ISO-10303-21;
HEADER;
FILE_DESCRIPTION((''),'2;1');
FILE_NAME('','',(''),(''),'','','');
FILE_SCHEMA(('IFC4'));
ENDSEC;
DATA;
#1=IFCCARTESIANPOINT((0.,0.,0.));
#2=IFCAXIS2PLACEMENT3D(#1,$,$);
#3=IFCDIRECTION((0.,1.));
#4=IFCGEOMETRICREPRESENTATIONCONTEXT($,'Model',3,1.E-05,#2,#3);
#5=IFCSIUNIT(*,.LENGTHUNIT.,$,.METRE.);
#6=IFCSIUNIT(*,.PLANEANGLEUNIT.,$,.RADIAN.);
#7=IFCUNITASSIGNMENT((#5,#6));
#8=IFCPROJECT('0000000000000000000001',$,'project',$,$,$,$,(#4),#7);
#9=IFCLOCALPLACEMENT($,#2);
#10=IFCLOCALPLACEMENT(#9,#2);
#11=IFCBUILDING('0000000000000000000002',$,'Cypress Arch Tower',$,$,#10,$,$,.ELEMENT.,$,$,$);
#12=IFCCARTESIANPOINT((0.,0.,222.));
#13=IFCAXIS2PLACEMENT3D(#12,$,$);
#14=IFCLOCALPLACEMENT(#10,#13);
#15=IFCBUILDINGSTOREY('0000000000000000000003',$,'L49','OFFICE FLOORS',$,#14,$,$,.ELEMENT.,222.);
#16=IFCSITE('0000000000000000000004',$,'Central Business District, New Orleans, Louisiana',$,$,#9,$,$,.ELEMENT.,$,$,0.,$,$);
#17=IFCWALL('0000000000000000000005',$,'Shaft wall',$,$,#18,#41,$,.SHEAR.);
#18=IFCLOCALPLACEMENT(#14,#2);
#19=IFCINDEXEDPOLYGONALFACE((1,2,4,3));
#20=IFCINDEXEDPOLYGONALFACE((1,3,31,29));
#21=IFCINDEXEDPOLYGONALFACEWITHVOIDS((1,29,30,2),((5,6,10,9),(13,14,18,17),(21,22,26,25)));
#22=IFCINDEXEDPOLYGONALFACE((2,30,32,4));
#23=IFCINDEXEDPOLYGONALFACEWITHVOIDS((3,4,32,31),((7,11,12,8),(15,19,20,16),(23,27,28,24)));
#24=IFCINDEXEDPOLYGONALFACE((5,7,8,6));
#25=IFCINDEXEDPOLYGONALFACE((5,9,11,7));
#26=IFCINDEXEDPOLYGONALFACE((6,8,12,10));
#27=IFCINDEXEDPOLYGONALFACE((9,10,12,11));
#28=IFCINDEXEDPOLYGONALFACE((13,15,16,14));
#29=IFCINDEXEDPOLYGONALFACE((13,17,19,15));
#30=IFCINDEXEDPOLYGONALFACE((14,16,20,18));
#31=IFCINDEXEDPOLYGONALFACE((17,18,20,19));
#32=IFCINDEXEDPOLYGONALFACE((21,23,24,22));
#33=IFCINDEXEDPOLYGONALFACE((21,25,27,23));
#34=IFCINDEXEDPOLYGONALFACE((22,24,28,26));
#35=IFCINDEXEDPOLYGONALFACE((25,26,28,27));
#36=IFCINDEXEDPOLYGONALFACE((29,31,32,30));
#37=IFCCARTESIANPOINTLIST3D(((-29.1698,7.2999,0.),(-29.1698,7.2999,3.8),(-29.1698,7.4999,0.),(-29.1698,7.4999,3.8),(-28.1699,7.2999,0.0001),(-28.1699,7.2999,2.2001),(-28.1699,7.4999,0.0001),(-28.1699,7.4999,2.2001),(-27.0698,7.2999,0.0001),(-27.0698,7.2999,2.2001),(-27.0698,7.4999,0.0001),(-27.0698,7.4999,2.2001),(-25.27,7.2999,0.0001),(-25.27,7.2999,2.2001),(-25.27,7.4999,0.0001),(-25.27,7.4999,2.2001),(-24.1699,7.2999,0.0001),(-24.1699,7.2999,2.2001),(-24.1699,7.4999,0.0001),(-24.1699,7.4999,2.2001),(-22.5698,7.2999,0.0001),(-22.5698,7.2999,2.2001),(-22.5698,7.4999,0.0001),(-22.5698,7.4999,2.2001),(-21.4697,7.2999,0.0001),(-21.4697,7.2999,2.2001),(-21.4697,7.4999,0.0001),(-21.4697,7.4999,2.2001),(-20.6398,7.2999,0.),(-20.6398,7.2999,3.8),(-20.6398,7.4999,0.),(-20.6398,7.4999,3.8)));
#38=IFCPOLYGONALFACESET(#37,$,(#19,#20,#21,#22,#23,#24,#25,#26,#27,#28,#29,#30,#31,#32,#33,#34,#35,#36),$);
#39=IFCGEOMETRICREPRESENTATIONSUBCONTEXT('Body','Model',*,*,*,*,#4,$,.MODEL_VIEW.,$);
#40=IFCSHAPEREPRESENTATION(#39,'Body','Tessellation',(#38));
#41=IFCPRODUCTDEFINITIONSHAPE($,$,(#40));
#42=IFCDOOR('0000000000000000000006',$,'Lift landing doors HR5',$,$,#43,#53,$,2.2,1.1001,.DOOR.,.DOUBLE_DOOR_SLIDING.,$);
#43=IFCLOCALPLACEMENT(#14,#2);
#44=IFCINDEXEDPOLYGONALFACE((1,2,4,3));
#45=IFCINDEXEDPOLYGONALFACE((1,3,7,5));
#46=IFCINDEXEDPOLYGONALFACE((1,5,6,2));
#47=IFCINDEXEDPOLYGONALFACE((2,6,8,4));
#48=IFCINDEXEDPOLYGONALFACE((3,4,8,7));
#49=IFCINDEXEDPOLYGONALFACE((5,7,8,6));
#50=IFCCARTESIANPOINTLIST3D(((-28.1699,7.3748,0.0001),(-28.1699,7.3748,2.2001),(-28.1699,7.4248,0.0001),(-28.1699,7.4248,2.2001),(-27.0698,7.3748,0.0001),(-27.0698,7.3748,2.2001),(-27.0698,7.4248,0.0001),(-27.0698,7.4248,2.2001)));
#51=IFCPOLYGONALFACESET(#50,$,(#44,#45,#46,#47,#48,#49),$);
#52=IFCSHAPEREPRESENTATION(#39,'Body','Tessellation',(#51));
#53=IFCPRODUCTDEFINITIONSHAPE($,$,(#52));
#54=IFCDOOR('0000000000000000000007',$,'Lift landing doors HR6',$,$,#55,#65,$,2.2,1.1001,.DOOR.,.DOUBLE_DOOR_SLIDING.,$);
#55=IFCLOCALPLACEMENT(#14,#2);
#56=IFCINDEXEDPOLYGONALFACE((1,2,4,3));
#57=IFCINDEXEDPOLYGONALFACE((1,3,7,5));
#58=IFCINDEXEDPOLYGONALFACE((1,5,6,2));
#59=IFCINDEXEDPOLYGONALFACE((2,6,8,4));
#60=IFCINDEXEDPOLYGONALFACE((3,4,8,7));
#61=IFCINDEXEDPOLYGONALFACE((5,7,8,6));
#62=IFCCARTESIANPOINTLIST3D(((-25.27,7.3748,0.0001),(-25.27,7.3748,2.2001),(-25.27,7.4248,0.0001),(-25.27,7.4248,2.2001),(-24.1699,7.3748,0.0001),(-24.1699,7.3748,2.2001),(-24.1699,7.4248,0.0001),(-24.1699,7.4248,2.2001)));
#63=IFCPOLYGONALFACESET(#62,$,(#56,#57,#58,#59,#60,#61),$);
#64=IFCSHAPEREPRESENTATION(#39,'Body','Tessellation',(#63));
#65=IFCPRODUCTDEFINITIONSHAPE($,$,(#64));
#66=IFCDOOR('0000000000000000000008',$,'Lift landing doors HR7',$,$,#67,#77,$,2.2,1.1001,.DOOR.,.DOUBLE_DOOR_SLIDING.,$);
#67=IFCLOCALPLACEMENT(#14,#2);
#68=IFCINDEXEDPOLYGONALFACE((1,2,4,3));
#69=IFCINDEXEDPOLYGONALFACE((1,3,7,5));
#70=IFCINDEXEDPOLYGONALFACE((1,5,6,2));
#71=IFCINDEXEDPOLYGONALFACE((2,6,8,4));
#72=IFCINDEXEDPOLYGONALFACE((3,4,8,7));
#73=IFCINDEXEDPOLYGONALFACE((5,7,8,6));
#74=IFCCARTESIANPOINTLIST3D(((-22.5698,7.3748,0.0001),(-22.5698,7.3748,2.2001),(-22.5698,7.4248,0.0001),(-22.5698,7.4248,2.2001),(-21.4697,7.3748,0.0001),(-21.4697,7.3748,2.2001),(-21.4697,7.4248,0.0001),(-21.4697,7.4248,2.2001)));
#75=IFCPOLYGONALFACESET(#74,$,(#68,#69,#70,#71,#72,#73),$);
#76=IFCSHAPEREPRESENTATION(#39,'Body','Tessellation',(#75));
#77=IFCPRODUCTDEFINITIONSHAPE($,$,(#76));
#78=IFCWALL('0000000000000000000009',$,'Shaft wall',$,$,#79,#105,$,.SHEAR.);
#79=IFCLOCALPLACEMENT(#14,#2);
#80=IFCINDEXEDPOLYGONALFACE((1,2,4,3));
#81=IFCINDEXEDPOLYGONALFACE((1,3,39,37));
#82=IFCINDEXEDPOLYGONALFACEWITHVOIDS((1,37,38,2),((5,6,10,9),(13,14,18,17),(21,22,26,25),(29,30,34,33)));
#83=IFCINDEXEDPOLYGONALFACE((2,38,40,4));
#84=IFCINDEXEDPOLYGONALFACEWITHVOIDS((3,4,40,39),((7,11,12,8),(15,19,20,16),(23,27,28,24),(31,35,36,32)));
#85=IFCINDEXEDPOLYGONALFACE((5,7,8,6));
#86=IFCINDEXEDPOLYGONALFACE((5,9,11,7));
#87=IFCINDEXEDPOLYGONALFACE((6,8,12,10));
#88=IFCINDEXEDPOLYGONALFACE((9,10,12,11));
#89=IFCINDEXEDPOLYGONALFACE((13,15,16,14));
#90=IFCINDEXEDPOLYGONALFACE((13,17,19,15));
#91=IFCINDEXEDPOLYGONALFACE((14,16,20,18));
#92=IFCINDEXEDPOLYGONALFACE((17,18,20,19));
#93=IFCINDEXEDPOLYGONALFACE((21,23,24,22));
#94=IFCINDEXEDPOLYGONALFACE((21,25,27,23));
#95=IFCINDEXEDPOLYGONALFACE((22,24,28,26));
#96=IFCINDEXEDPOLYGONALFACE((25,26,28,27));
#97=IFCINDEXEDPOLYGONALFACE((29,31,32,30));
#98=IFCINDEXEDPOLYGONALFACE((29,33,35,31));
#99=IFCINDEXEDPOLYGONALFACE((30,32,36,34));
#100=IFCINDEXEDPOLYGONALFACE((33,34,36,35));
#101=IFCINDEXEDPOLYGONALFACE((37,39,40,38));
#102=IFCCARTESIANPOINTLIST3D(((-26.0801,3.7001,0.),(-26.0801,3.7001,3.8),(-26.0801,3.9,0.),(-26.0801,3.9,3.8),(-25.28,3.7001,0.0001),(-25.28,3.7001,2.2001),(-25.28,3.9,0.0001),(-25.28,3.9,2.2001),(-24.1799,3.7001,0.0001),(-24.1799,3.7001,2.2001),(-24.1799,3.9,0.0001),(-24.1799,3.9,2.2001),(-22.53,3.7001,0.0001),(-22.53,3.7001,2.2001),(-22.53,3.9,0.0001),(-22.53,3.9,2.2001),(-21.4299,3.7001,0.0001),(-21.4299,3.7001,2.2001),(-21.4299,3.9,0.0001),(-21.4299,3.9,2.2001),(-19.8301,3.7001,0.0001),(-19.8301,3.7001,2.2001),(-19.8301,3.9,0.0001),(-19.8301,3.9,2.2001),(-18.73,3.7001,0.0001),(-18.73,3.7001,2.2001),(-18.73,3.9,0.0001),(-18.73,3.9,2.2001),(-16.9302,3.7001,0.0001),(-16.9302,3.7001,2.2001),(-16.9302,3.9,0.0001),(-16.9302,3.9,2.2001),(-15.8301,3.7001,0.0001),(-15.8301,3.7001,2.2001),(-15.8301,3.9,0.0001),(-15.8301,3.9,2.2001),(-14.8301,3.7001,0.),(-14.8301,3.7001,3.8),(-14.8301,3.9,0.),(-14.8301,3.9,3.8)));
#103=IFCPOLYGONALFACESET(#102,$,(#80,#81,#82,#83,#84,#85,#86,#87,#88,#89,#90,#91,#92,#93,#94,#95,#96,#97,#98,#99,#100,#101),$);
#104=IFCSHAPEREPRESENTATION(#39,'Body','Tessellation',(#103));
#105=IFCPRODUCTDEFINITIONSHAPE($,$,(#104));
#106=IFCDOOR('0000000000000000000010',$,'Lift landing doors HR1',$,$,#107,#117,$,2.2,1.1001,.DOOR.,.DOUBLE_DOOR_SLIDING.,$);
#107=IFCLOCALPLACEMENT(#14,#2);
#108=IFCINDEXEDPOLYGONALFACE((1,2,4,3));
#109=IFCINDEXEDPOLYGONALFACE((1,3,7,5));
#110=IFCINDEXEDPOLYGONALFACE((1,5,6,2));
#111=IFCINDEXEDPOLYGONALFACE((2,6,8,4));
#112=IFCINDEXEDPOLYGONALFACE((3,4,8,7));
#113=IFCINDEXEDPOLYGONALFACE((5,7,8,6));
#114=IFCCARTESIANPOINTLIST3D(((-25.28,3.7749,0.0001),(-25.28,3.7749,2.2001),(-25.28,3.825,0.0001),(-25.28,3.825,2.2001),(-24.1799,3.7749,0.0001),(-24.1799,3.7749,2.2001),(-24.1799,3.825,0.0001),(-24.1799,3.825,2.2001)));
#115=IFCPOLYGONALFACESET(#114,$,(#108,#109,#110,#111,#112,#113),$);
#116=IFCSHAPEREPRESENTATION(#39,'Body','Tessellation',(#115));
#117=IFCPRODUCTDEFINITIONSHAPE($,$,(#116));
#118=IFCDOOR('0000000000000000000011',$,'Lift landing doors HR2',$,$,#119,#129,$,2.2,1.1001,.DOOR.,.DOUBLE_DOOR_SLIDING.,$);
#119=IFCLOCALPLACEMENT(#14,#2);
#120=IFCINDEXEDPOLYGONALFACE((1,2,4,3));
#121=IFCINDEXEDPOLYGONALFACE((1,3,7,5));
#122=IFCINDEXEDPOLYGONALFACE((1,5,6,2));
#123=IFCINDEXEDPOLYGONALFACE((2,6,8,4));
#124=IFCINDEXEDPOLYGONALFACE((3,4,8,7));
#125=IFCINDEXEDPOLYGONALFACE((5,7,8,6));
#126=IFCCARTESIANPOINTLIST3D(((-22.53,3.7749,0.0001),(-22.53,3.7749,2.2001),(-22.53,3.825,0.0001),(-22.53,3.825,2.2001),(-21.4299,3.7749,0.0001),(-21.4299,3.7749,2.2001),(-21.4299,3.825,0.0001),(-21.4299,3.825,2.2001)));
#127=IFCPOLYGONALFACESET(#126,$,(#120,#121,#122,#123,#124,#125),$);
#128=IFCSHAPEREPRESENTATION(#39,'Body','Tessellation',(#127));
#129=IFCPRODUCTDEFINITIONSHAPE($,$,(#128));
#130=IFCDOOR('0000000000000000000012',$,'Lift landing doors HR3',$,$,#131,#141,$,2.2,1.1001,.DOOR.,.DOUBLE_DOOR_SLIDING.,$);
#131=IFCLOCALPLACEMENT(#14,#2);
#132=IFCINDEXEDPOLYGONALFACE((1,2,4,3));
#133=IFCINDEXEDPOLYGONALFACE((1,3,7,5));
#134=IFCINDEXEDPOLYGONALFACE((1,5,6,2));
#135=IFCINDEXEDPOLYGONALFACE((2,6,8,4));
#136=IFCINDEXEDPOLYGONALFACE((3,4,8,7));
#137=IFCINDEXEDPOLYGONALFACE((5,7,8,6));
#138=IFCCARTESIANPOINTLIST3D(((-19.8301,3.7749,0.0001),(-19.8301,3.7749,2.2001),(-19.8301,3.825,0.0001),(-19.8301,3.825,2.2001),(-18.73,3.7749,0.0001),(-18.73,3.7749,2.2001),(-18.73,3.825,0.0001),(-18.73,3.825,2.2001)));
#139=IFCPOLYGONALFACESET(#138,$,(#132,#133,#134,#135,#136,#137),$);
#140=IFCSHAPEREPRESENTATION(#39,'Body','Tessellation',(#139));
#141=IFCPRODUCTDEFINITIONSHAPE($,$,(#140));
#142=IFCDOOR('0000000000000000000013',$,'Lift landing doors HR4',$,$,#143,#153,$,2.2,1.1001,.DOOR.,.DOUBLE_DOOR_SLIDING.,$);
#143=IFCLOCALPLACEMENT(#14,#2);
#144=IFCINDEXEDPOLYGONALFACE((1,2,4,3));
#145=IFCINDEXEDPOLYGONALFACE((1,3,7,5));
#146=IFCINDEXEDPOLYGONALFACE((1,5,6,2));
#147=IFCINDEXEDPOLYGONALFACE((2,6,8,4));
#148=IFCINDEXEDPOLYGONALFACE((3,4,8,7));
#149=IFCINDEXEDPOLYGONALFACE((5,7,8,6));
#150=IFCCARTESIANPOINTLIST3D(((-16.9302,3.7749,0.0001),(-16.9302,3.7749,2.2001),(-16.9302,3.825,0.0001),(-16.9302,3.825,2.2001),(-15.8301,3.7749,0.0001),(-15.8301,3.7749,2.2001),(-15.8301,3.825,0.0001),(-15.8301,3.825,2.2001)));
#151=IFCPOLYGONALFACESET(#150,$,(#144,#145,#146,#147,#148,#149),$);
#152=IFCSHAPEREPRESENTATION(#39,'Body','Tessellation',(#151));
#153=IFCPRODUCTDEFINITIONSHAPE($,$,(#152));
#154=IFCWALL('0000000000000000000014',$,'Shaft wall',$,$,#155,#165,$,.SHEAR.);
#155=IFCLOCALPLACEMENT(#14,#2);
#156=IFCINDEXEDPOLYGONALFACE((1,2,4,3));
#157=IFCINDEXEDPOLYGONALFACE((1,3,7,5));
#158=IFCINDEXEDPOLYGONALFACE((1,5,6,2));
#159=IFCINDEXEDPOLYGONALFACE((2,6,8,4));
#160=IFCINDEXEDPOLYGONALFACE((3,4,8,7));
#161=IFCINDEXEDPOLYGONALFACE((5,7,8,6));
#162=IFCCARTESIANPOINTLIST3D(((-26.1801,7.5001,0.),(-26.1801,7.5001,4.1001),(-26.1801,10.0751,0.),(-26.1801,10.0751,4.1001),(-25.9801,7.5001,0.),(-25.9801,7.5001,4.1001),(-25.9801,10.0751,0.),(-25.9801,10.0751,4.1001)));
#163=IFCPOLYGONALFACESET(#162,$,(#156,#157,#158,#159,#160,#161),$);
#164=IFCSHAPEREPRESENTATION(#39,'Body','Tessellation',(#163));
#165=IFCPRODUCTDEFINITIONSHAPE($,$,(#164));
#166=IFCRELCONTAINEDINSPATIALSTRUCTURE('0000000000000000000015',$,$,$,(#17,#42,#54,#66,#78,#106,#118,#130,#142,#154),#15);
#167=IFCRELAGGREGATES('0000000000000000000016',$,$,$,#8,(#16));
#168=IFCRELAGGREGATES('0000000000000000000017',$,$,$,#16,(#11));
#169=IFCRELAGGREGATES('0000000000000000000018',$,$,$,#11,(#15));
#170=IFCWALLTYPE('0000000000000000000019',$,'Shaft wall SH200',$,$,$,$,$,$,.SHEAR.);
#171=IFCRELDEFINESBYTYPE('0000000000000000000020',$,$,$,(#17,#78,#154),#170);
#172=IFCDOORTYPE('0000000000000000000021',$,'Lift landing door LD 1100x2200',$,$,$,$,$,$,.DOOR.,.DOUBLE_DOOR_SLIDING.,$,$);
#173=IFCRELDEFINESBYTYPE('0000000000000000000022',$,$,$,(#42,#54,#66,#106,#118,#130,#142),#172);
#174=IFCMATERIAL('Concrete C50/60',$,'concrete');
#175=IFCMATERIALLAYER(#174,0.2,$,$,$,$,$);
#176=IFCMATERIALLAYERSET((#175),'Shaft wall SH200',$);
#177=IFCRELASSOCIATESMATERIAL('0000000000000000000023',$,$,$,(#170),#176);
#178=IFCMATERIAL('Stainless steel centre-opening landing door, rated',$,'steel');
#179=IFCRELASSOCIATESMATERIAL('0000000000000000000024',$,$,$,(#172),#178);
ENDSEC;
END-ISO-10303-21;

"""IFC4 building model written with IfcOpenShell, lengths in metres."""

from ifc_helpers import new_model, si_unit, direction, frame, frame_2d, origin, place, context, subcontext, project, spatial, rectangle, extrude, material, layer, layer_set, type_object, element, fill, save


model = new_model("IFC4")

# Units and contexts
model_context = context("Model", 3, precision=1e-05, world=origin(), true_north=direction((0.0, 1.0)))
body_context = subcontext(model_context, "Body", "Model", "MODEL_VIEW")
ifc_project = project(units=[si_unit("LENGTHUNIT", "METRE"), si_unit("PLANEANGLEUNIT", "RADIAN")], contexts=[model_context])

# Site, building, storey
site_placement = place(None, origin())
site = spatial("IfcSite", under=ifc_project, at=site_placement, Name="Central Business District, New Orleans, Louisiana", CompositionType="ELEMENT", RefElevation=0.0)
building_placement = place(site_placement, origin())
building = spatial("IfcBuilding", under=site, at=building_placement, Name="Cypress Arch Tower", CompositionType="ELEMENT")
storey_placement = place(building_placement, frame((0.0, 0.0, 222.0)))
storey = spatial("IfcBuildingStorey", under=building, at=storey_placement, Name="L49", Description="OFFICE FLOORS", CompositionType="ELEMENT", Elevation=222.0)

# Walls, openings, doors
ifc_material_1 = material(Name="Concrete C50/60", Category="concrete")
ifc_layer_1 = layer(ifc_material_1, 0.2)
ifc_layer_set_1 = layer_set([ifc_layer_1], Name="Shaft wall SH200")
wall_type_1 = type_object("IfcWallType", Name="Shaft wall SH200", PredefinedType="SHEAR", material=ifc_layer_set_1)
wall_1_placement = place(storey_placement, frame((-29.1699, 7.3999, 0.0), z_axis=(0.0, 0.0, 1.0), x_axis=(1.0, 0.0, 0.0)))
wall_1 = element("IfcWall", 1, at=wall_1_placement, inside=storey, type_object=wall_type_1, Name="Shaft wall", PredefinedType="SHEAR", context=body_context, shape_type="SweptSolid", body=[
    extrude(rectangle(XDim=8.53, YDim=0.2, at=frame_2d((4.2651, 0.0))), origin(), (0.0, 0.0, 1.0), 3.8),
])
opening_1_placement = place(wall_1_placement, frame((1.0, 0.0, 0.0)))
opening_1 = element("IfcOpeningElement", 2, at=opening_1_placement, cuts=wall_1, PredefinedType="OPENING", context=body_context, shape_type="SweptSolid", body=[
    extrude(rectangle(XDim=1.1001, YDim=2.2, at=frame_2d((0.55, 1.1001))), frame((0.0, 0.1099, 0.0), z_axis=(0.0, -1.0, 0.0), x_axis=(1.0, 0.0, 0.0)), (0.0, 0.0, 1.0), 0.22),
])
opening_2_placement = place(wall_1_placement, frame((3.8999, 0.0, 0.0)))
opening_2 = element("IfcOpeningElement", 3, at=opening_2_placement, cuts=wall_1, PredefinedType="OPENING", context=body_context, shape_type="SweptSolid", body=[
    extrude(rectangle(XDim=1.1001, YDim=2.2, at=frame_2d((0.55, 1.1001))), frame((0.0, 0.1099, 0.0), z_axis=(0.0, -1.0, 0.0), x_axis=(1.0, 0.0, 0.0)), (0.0, 0.0, 1.0), 0.22),
])
opening_3_placement = place(wall_1_placement, frame((6.6001, 0.0, 0.0)))
opening_3 = element("IfcOpeningElement", 4, at=opening_3_placement, cuts=wall_1, PredefinedType="OPENING", context=body_context, shape_type="SweptSolid", body=[
    extrude(rectangle(XDim=1.1001, YDim=2.2, at=frame_2d((0.55, 1.1001))), frame((0.0, 0.1099, 0.0), z_axis=(0.0, -1.0, 0.0), x_axis=(1.0, 0.0, 0.0)), (0.0, 0.0, 1.0), 0.22),
])
ifc_material_2 = material(Name="Stainless steel centre-opening landing door, rated", Category="steel")
door_type_1 = type_object("IfcDoorType", Name="Lift landing door LD 1100x2200", OperationType="DOUBLE_DOOR_SLIDING", PredefinedType="DOOR", material=ifc_material_2)
door_1_placement = place(opening_1_placement, origin())
door_1 = element("IfcDoor", 5, at=door_1_placement, inside=storey, type_object=door_type_1, Name="Lift landing doors HR5", OperationType="DOUBLE_DOOR_SLIDING", OverallHeight=2.2, OverallWidth=1.1001, PredefinedType="DOOR", context=body_context, shape_type="SweptSolid", body=[
    extrude(rectangle(XDim=1.1001, YDim=2.2, at=frame_2d((0.55, 1.1001))), frame((0.0, 0.0249, 0.0), z_axis=(0.0, -1.0, 0.0), x_axis=(1.0, 0.0, 0.0)), (0.0, 0.0, 1.0), 0.05),
])
fill(opening_1, door_1)
door_2_placement = place(opening_2_placement, origin())
door_2 = element("IfcDoor", 6, at=door_2_placement, inside=storey, type_object=door_type_1, Name="Lift landing doors HR6", OperationType="DOUBLE_DOOR_SLIDING", OverallHeight=2.2, OverallWidth=1.1001, PredefinedType="DOOR", context=body_context, shape_type="SweptSolid", body=[
    extrude(rectangle(XDim=1.1001, YDim=2.2, at=frame_2d((0.55, 1.1001))), frame((0.0, 0.0249, 0.0), z_axis=(0.0, -1.0, 0.0), x_axis=(1.0, 0.0, 0.0)), (0.0, 0.0, 1.0), 0.05),
])
fill(opening_2, door_2)
door_3_placement = place(opening_3_placement, origin())
door_3 = element("IfcDoor", 7, at=door_3_placement, inside=storey, type_object=door_type_1, Name="Lift landing doors HR7", OperationType="DOUBLE_DOOR_SLIDING", OverallHeight=2.2, OverallWidth=1.1001, PredefinedType="DOOR", context=body_context, shape_type="SweptSolid", body=[
    extrude(rectangle(XDim=1.1001, YDim=2.2, at=frame_2d((0.55, 1.1001))), frame((0.0, 0.0249, 0.0), z_axis=(0.0, -1.0, 0.0), x_axis=(1.0, 0.0, 0.0)), (0.0, 0.0, 1.0), 0.05),
])
fill(opening_3, door_3)
wall_2_placement = place(storey_placement, frame((-26.0801, 3.8, 0.0), z_axis=(0.0, 0.0, 1.0), x_axis=(1.0, 0.0, 0.0)))
wall_2 = element("IfcWall", 8, at=wall_2_placement, inside=storey, type_object=wall_type_1, Name="Shaft wall", PredefinedType="SHEAR", context=body_context, shape_type="SweptSolid", body=[
    extrude(rectangle(XDim=11.25, YDim=0.2, at=frame_2d((5.625, 0.0))), origin(), (0.0, 0.0, 1.0), 3.8),
])
opening_4_placement = place(wall_2_placement, frame((0.8, 0.0, 0.0)))
opening_4 = element("IfcOpeningElement", 9, at=opening_4_placement, cuts=wall_2, PredefinedType="OPENING", context=body_context, shape_type="SweptSolid", body=[
    extrude(rectangle(XDim=1.1001, YDim=2.2, at=frame_2d((0.55, 1.1001))), frame((0.0, 0.1099, 0.0), z_axis=(0.0, -1.0, 0.0), x_axis=(1.0, 0.0, 0.0)), (0.0, 0.0, 1.0), 0.22),
])
opening_5_placement = place(wall_2_placement, frame((3.55, 0.0, 0.0)))
opening_5 = element("IfcOpeningElement", 10, at=opening_5_placement, cuts=wall_2, PredefinedType="OPENING", context=body_context, shape_type="SweptSolid", body=[
    extrude(rectangle(XDim=1.1001, YDim=2.2, at=frame_2d((0.55, 1.1001))), frame((0.0, 0.1099, 0.0), z_axis=(0.0, -1.0, 0.0), x_axis=(1.0, 0.0, 0.0)), (0.0, 0.0, 1.0), 0.22),
])
opening_6_placement = place(wall_2_placement, frame((6.25, 0.0, 0.0)))
opening_6 = element("IfcOpeningElement", 11, at=opening_6_placement, cuts=wall_2, PredefinedType="OPENING", context=body_context, shape_type="SweptSolid", body=[
    extrude(rectangle(XDim=1.1001, YDim=2.2, at=frame_2d((0.55, 1.1001))), frame((0.0, 0.1099, 0.0), z_axis=(0.0, -1.0, 0.0), x_axis=(1.0, 0.0, 0.0)), (0.0, 0.0, 1.0), 0.22),
])
opening_7_placement = place(wall_2_placement, frame((9.1499, 0.0, 0.0)))
opening_7 = element("IfcOpeningElement", 12, at=opening_7_placement, cuts=wall_2, PredefinedType="OPENING", context=body_context, shape_type="SweptSolid", body=[
    extrude(rectangle(XDim=1.1001, YDim=2.2, at=frame_2d((0.55, 1.1001))), frame((0.0, 0.1099, 0.0), z_axis=(0.0, -1.0, 0.0), x_axis=(1.0, 0.0, 0.0)), (0.0, 0.0, 1.0), 0.22),
])
door_4_placement = place(opening_4_placement, origin())
door_4 = element("IfcDoor", 13, at=door_4_placement, inside=storey, type_object=door_type_1, Name="Lift landing doors HR1", OperationType="DOUBLE_DOOR_SLIDING", OverallHeight=2.2, OverallWidth=1.1001, PredefinedType="DOOR", context=body_context, shape_type="SweptSolid", body=[
    extrude(rectangle(XDim=1.1001, YDim=2.2, at=frame_2d((0.55, 1.1001))), frame((0.0, 0.0249, 0.0), z_axis=(0.0, -1.0, 0.0), x_axis=(1.0, 0.0, 0.0)), (0.0, 0.0, 1.0), 0.05),
])
fill(opening_4, door_4)
door_5_placement = place(opening_5_placement, origin())
door_5 = element("IfcDoor", 14, at=door_5_placement, inside=storey, type_object=door_type_1, Name="Lift landing doors HR2", OperationType="DOUBLE_DOOR_SLIDING", OverallHeight=2.2, OverallWidth=1.1001, PredefinedType="DOOR", context=body_context, shape_type="SweptSolid", body=[
    extrude(rectangle(XDim=1.1001, YDim=2.2, at=frame_2d((0.55, 1.1001))), frame((0.0, 0.0249, 0.0), z_axis=(0.0, -1.0, 0.0), x_axis=(1.0, 0.0, 0.0)), (0.0, 0.0, 1.0), 0.05),
])
fill(opening_5, door_5)
door_6_placement = place(opening_6_placement, origin())
door_6 = element("IfcDoor", 15, at=door_6_placement, inside=storey, type_object=door_type_1, Name="Lift landing doors HR3", OperationType="DOUBLE_DOOR_SLIDING", OverallHeight=2.2, OverallWidth=1.1001, PredefinedType="DOOR", context=body_context, shape_type="SweptSolid", body=[
    extrude(rectangle(XDim=1.1001, YDim=2.2, at=frame_2d((0.55, 1.1001))), frame((0.0, 0.0249, 0.0), z_axis=(0.0, -1.0, 0.0), x_axis=(1.0, 0.0, 0.0)), (0.0, 0.0, 1.0), 0.05),
])
fill(opening_6, door_6)
door_7_placement = place(opening_7_placement, origin())
door_7 = element("IfcDoor", 16, at=door_7_placement, inside=storey, type_object=door_type_1, Name="Lift landing doors HR4", OperationType="DOUBLE_DOOR_SLIDING", OverallHeight=2.2, OverallWidth=1.1001, PredefinedType="DOOR", context=body_context, shape_type="SweptSolid", body=[
    extrude(rectangle(XDim=1.1001, YDim=2.2, at=frame_2d((0.55, 1.1001))), frame((0.0, 0.0249, 0.0), z_axis=(0.0, -1.0, 0.0), x_axis=(1.0, 0.0, 0.0)), (0.0, 0.0, 1.0), 0.05),
])
fill(opening_7, door_7)

# Wall
for number, where, z_axis, x_axis, name in (
    (17, (-26.0801, 7.5, 0.0), (0.0, 0.0, 1.0), (0.0, 1.0, 0.0), "Shaft wall"),
):
    element("IfcWall", number, at=place(storey_placement, frame(where, z_axis=z_axis, x_axis=x_axis)), inside=storey, type_object=wall_type_1, Name=name, PredefinedType="SHEAR", context=body_context, shape_type="SweptSolid", body=[
        extrude(rectangle(XDim=2.575, YDim=0.2, at=frame_2d((1.2876, 0.0))), origin(), (0.0, 0.0, 1.0), 4.1001),
    ])

save(model, "model.ifc")
